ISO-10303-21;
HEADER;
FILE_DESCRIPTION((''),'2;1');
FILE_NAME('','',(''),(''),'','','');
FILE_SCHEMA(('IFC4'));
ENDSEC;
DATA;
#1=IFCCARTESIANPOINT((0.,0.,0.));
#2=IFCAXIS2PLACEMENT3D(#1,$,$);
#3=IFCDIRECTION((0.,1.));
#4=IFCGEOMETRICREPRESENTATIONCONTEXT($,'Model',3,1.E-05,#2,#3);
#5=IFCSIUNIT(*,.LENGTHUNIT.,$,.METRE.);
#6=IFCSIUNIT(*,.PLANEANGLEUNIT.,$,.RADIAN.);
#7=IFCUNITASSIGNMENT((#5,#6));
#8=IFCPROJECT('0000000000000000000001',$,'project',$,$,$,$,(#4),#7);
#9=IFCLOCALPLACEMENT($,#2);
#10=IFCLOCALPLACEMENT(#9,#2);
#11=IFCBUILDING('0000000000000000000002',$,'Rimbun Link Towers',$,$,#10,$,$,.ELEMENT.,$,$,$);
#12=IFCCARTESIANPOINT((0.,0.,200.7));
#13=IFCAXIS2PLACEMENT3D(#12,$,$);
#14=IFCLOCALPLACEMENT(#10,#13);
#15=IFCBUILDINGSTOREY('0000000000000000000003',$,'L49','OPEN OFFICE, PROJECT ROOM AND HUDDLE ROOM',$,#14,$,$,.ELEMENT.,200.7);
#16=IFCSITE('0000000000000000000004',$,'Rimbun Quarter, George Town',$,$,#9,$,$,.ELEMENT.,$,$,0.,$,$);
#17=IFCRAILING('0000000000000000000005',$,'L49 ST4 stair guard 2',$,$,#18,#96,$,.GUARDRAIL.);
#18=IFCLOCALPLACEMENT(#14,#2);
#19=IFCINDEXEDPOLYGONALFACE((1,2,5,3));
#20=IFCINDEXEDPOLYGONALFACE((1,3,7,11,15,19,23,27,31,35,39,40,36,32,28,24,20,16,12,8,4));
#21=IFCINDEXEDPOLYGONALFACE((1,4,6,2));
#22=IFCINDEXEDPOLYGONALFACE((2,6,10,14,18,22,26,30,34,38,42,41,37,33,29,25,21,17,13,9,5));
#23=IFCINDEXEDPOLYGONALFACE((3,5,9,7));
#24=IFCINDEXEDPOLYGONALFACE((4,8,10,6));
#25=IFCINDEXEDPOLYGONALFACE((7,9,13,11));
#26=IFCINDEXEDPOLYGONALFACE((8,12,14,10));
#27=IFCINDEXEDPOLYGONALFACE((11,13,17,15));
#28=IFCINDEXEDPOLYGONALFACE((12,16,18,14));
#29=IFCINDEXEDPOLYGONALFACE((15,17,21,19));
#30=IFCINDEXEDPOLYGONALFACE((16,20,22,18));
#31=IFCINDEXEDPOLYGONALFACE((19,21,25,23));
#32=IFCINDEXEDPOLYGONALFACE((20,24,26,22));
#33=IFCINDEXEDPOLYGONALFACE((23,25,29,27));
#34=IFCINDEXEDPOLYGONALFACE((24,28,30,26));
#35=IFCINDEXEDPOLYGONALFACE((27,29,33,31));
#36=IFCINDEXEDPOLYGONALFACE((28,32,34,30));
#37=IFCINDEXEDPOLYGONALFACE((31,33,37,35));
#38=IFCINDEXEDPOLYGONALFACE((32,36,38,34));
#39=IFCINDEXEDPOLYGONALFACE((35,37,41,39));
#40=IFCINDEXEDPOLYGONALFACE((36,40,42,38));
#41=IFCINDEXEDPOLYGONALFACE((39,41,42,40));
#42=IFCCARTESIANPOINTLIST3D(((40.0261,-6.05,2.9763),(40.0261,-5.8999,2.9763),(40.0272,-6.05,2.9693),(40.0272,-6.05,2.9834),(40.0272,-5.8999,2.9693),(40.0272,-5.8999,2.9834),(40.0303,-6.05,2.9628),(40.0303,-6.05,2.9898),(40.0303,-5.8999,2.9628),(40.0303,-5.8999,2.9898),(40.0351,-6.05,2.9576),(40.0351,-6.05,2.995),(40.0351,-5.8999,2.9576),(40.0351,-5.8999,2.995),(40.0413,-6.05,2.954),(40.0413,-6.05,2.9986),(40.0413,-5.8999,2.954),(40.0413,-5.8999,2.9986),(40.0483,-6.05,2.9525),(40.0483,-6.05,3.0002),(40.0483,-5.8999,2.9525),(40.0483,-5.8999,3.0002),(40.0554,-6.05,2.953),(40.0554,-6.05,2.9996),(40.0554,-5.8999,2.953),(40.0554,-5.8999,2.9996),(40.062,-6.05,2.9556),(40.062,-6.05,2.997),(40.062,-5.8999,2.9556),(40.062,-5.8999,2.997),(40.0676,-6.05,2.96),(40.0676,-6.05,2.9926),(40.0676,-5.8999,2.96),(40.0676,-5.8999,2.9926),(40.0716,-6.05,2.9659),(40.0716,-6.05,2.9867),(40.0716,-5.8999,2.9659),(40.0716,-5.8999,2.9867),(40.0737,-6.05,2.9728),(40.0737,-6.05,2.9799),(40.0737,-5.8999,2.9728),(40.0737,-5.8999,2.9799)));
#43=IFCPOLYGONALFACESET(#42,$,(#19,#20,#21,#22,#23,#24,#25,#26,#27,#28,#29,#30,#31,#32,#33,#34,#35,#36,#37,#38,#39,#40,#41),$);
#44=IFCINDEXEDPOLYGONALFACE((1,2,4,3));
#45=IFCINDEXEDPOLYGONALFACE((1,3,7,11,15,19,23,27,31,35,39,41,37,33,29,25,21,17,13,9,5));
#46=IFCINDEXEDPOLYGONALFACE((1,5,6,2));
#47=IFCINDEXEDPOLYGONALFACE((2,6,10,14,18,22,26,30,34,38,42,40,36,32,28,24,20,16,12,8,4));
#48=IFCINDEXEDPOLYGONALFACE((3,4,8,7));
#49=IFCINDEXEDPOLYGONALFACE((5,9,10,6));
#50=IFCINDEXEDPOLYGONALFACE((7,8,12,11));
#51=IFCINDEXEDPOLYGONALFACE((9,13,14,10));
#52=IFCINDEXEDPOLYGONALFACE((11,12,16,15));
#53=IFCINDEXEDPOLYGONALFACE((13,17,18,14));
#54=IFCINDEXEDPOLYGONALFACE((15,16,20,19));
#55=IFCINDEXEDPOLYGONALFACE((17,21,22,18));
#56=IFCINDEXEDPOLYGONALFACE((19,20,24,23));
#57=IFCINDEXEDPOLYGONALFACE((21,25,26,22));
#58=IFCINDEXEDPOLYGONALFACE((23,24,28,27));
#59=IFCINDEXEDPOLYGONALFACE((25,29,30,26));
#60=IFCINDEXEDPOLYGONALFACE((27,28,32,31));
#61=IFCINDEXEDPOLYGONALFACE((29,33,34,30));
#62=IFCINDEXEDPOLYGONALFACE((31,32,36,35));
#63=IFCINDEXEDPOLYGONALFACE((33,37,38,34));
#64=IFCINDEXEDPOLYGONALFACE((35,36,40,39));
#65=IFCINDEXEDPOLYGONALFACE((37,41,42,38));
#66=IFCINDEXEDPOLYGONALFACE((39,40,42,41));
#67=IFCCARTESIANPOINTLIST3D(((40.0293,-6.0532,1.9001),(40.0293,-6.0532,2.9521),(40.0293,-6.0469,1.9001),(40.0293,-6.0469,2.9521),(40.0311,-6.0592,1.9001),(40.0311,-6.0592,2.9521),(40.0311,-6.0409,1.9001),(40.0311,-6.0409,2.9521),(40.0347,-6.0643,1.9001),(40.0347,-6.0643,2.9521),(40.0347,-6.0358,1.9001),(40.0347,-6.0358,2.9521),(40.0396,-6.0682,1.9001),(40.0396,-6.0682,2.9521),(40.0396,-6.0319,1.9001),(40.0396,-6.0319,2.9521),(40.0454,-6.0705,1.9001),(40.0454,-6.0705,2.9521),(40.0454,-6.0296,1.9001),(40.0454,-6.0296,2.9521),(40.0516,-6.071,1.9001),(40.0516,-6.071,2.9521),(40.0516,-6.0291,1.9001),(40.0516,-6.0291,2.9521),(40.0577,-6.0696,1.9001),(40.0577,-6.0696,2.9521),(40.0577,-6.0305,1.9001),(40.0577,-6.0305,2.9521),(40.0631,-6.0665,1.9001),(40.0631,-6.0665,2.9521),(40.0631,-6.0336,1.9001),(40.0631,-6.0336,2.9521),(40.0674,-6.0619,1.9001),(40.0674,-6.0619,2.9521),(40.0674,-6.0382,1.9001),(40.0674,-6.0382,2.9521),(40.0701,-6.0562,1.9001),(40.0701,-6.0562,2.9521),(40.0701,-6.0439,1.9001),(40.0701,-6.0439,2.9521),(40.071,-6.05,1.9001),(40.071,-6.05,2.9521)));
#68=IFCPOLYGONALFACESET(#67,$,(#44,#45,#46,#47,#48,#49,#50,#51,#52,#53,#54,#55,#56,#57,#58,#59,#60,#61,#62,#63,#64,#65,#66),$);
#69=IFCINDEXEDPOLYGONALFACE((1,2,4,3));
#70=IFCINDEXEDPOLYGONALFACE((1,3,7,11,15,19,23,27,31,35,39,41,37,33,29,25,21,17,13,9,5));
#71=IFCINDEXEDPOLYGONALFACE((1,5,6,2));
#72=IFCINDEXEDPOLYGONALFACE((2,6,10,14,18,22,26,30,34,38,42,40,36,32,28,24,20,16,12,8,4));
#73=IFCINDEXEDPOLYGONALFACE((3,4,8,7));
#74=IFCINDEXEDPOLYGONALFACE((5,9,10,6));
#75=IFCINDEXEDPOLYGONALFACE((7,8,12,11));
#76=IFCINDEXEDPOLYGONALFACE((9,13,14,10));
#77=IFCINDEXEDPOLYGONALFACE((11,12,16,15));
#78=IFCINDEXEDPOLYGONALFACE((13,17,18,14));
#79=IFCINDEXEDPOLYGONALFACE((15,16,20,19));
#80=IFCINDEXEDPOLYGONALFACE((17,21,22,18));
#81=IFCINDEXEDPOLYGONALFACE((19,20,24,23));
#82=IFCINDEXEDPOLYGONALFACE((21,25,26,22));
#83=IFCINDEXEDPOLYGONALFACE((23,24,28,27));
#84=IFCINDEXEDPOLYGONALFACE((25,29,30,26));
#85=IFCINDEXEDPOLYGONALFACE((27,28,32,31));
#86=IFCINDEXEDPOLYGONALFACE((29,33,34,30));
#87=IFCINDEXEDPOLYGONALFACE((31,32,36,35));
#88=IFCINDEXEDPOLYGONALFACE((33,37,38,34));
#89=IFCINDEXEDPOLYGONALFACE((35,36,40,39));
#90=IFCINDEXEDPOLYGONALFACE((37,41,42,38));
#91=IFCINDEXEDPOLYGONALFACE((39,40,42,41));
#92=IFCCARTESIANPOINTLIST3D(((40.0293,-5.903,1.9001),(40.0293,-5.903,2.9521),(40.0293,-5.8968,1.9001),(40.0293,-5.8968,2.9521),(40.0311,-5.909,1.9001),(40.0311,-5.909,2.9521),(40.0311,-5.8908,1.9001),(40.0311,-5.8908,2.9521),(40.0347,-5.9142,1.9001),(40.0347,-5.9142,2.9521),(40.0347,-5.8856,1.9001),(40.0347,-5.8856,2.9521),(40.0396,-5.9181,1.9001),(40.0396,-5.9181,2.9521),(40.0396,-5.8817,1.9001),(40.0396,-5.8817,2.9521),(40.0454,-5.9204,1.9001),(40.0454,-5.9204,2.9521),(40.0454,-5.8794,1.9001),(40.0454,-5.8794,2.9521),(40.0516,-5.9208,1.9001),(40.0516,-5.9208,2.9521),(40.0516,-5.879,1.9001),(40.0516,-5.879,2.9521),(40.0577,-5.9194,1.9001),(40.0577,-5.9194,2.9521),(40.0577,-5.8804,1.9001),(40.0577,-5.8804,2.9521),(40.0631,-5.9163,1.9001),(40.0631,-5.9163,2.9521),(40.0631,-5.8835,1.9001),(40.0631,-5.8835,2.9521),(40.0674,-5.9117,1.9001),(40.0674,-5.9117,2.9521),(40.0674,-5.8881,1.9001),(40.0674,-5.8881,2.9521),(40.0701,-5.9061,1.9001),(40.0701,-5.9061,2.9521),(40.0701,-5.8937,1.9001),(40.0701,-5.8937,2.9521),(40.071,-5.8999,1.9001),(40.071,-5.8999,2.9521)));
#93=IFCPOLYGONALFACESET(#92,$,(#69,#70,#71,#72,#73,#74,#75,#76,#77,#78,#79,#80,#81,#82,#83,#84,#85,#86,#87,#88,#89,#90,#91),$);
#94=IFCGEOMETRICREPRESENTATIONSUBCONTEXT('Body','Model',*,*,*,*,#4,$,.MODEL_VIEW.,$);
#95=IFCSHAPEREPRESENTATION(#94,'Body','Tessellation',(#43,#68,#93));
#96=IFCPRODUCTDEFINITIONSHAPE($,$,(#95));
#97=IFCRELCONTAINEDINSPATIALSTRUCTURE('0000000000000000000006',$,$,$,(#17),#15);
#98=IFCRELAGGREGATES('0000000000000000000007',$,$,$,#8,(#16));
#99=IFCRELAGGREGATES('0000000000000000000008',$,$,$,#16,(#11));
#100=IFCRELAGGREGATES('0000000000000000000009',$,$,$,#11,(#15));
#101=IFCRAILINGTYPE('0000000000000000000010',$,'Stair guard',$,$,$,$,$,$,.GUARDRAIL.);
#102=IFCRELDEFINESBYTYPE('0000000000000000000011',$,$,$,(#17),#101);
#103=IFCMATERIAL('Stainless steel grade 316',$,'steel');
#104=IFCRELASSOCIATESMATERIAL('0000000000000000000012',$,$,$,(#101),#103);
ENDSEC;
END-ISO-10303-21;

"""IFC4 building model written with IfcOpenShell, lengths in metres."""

from ifc_helpers import new_model, si_unit, direction, frame, origin, origin_2d, place, context, subcontext, project, spatial, circle, extrude, material, type_object, element, save


model = new_model("IFC4")

# Units and contexts
model_context = context("Model", 3, precision=1e-05, world=origin(), true_north=direction((0.0, 1.0)))
body_context = subcontext(model_context, "Body", "Model", "MODEL_VIEW")
ifc_project = project(units=[si_unit("LENGTHUNIT", "METRE"), si_unit("PLANEANGLEUNIT", "RADIAN")], contexts=[model_context])

# Site, building, storey
site_placement = place(None, origin())
site = spatial("IfcSite", under=ifc_project, at=site_placement, Name="Rimbun Quarter, George Town", CompositionType="ELEMENT", RefElevation=0.0)
building_placement = place(site_placement, origin())
building = spatial("IfcBuilding", under=site, at=building_placement, Name="Rimbun Link Towers", CompositionType="ELEMENT")
storey_placement = place(building_placement, frame((0.0, 0.0, 200.7)))
storey = spatial("IfcBuildingStorey", under=building, at=storey_placement, Name="L49", Description="OPEN OFFICE, PROJECT ROOM AND HUDDLE ROOM", CompositionType="ELEMENT", Elevation=200.7)

# Railing
ifc_material_1 = material(Name="Stainless steel grade 316", Category="steel")
railing_type_1 = type_object("IfcRailingType", Name="Stair guard", PredefinedType="GUARDRAIL", material=ifc_material_1)
railing_1_placement = place(storey_placement, frame((40.05, -6.05, 1.9001)))
element("IfcRailing", 1, at=railing_1_placement, inside=storey, type_object=railing_type_1, Name="L49 ST4 stair guard 2", PredefinedType="GUARDRAIL", context=body_context, shape_type="SweptSolid", body=[
    extrude(circle(Radius=0.0239, at=origin_2d()), frame((0.0, 0.0, 1.0762), z_axis=(0.0, 1.0, 0.0), x_axis=(-1.0, 0.0, 0.0)), (0.0, 0.0, 1.0), 0.1501),
    extrude(circle(Radius=0.021, at=origin_2d()), origin(), (0.0, 0.0, 1.0), 1.052),
    extrude(circle(Radius=0.021, at=origin_2d()), frame((0.0, 0.1501, 0.0)), (0.0, 0.0, 1.0), 1.052),
])

save(model, "model.ifc")
